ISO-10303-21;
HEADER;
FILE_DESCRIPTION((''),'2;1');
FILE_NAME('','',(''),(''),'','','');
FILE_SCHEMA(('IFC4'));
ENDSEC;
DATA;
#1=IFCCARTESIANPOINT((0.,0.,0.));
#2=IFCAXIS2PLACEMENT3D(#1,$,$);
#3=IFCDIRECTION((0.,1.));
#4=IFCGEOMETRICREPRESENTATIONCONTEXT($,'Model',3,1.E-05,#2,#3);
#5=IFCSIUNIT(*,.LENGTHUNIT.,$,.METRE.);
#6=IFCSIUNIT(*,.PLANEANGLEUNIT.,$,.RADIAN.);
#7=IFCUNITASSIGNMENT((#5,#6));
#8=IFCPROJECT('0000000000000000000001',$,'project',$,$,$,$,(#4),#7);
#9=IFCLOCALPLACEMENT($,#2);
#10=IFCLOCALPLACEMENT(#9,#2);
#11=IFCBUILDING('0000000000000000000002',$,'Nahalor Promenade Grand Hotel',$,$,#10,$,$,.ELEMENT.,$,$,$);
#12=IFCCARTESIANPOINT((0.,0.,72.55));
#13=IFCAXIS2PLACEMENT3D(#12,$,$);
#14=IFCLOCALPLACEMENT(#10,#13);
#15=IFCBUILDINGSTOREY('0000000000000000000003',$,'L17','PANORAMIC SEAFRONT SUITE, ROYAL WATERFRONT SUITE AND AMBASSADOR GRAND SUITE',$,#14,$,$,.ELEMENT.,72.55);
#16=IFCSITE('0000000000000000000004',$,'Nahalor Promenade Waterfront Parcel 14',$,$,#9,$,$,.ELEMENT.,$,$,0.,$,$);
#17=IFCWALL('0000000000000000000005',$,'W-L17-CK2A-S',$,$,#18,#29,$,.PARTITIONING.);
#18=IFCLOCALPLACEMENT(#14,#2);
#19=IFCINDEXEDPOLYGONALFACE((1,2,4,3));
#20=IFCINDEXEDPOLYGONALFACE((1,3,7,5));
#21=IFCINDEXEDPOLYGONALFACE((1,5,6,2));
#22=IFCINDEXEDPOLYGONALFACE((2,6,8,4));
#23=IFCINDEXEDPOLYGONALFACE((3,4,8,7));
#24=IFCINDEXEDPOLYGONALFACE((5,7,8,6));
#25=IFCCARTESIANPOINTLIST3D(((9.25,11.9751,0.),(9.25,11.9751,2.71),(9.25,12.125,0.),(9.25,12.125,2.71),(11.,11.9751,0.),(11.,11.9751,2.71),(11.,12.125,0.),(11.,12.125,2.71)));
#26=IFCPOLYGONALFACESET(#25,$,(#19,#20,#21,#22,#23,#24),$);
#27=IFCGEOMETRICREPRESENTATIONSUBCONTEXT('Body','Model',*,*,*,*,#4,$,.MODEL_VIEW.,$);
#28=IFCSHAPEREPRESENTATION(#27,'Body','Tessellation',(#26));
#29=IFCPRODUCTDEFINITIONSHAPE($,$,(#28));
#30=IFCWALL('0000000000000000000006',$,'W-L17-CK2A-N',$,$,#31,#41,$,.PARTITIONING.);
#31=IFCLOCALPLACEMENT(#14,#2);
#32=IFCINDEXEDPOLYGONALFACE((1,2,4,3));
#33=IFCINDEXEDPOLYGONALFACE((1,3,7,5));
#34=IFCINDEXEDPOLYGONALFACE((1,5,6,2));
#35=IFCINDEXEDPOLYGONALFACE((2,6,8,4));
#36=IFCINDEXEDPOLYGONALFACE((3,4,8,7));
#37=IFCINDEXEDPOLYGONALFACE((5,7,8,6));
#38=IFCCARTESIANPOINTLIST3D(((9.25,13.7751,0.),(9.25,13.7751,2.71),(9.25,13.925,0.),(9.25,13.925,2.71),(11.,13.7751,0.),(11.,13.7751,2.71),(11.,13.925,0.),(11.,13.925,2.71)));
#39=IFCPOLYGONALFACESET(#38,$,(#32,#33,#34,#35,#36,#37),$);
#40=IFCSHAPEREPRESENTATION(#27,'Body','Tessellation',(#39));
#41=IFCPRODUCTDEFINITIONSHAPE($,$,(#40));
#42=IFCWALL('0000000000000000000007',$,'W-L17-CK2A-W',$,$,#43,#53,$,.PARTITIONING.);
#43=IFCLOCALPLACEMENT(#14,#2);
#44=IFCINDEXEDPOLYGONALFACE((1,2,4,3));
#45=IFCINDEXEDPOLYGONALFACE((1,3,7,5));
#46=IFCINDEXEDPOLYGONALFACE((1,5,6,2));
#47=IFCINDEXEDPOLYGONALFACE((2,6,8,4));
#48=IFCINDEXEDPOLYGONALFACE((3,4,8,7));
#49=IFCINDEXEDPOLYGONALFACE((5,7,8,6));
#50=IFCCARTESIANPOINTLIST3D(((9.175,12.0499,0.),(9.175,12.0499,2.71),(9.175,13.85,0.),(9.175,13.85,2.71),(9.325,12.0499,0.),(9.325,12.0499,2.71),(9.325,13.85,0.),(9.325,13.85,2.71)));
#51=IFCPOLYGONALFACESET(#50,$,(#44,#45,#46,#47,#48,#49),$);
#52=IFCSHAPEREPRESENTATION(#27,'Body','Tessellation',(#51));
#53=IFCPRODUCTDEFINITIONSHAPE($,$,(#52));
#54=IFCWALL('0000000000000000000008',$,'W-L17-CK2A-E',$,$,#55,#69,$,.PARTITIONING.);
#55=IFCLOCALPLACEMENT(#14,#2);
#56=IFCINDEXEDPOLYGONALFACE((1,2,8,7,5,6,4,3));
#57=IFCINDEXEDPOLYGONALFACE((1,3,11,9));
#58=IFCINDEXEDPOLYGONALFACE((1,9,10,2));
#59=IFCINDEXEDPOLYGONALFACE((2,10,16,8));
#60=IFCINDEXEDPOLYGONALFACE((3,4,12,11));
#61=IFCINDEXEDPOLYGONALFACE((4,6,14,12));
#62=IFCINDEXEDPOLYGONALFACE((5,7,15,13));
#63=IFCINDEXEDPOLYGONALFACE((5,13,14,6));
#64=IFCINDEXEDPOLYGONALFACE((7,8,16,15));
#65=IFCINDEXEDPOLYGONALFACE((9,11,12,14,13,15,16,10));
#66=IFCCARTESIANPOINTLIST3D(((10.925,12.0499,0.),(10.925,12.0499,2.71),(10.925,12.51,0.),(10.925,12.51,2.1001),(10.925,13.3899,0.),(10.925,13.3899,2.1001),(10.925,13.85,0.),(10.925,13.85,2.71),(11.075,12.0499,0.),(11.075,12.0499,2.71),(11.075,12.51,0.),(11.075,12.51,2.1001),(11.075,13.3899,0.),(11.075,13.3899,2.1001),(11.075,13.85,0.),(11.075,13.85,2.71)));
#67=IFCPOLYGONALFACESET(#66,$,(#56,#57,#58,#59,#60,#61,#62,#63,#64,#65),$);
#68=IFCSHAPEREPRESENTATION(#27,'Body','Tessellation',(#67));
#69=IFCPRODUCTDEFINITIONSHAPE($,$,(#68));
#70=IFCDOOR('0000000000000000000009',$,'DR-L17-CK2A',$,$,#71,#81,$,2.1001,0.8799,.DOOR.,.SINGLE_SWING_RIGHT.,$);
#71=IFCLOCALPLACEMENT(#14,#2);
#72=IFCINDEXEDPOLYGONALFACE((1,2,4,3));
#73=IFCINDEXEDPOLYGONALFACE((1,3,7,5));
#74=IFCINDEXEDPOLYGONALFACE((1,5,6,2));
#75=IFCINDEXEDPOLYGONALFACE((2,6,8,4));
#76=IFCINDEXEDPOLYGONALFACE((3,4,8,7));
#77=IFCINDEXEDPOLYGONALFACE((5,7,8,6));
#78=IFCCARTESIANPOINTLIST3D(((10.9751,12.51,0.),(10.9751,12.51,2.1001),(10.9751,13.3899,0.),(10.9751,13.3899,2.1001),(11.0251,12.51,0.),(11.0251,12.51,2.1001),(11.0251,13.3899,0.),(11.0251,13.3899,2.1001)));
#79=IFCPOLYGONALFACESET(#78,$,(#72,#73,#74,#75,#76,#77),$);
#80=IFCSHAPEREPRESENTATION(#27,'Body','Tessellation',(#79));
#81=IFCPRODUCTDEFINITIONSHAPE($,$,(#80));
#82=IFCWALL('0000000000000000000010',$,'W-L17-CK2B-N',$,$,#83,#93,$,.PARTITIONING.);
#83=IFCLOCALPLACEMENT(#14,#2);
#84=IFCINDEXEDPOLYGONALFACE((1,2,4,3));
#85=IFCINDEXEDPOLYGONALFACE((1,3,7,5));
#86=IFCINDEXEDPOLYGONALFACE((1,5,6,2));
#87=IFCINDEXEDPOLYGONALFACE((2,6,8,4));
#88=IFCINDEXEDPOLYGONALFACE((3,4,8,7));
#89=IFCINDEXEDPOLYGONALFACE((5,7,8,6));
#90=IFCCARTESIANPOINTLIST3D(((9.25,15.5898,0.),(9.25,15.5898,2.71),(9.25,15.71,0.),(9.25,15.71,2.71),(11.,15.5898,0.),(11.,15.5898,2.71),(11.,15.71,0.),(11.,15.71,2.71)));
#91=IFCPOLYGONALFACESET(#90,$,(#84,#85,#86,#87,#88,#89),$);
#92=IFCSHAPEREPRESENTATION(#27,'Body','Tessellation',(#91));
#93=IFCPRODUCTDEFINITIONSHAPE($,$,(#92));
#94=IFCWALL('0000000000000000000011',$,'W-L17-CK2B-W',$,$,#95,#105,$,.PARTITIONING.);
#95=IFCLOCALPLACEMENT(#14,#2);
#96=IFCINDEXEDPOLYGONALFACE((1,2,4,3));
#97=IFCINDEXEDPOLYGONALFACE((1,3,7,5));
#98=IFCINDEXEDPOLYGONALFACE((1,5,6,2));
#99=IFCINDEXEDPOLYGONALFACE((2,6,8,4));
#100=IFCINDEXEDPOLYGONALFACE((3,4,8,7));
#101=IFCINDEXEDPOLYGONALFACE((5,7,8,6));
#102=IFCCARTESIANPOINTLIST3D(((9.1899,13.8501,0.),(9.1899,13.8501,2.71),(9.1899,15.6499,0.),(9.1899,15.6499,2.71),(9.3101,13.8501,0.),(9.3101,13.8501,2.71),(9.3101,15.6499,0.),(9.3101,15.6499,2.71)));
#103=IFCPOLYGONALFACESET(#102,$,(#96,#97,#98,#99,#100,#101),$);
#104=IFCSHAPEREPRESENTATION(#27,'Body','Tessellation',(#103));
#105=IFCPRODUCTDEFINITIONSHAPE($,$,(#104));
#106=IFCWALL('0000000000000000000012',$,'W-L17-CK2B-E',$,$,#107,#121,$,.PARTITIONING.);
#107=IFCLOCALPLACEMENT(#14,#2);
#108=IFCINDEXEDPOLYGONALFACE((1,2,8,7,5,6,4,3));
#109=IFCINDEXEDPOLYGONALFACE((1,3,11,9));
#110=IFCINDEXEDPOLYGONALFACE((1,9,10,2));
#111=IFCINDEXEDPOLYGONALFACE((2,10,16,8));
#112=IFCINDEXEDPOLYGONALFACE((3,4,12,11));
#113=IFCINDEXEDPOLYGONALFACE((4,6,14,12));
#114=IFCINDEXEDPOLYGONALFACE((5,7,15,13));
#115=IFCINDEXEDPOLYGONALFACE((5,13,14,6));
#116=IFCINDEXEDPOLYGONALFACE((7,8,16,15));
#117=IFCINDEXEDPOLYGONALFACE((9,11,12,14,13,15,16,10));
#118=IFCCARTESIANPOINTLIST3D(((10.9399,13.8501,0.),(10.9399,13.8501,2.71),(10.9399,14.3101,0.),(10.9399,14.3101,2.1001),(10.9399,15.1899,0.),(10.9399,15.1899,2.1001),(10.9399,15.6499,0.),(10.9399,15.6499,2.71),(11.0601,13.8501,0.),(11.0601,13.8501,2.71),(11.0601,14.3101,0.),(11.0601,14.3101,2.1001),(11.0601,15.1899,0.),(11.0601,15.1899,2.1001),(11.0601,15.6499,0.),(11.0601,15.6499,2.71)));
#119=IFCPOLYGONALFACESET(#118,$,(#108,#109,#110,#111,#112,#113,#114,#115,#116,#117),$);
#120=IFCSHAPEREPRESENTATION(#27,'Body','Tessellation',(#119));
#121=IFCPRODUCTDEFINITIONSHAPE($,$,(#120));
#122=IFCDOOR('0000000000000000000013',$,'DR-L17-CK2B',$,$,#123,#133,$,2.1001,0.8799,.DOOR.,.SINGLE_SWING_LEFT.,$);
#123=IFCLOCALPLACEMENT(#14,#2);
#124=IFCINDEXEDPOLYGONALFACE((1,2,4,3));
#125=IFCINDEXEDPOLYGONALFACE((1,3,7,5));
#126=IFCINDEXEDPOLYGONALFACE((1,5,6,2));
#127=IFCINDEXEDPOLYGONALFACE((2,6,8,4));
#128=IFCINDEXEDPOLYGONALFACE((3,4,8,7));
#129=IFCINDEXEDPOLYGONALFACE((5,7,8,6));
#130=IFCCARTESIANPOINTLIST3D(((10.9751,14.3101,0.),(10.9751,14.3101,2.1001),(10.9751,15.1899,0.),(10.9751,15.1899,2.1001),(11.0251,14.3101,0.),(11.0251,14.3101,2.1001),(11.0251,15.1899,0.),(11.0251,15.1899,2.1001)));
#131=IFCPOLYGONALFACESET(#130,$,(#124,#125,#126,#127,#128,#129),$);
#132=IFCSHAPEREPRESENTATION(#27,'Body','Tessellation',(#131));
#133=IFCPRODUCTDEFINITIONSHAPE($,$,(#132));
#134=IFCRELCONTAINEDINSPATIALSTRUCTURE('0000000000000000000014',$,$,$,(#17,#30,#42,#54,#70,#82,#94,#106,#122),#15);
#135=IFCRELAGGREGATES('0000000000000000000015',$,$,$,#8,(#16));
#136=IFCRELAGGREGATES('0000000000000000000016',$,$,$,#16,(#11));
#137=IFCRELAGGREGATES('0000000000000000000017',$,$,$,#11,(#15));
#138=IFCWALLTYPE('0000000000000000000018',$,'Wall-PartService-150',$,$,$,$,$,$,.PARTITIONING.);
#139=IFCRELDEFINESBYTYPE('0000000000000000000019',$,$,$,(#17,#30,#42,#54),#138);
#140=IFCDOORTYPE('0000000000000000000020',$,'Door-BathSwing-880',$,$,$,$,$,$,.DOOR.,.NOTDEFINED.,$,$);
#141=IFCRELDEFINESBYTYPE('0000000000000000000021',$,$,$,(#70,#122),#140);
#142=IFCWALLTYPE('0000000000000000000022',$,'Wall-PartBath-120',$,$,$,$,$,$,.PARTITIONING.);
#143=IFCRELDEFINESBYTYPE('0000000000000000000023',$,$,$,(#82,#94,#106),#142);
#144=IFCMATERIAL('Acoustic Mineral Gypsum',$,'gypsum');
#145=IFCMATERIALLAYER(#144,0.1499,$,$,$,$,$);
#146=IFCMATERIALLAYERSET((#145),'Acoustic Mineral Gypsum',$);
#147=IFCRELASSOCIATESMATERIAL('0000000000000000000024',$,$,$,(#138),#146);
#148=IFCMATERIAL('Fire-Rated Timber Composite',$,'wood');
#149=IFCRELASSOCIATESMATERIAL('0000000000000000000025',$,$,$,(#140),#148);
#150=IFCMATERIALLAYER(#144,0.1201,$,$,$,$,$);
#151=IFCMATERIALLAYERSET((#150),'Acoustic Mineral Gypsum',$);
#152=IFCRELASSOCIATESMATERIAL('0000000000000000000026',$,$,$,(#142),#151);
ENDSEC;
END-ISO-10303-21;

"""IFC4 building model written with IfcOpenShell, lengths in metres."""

from ifc_helpers import new_model, si_unit, direction, frame, frame_2d, origin, place, context, subcontext, project, spatial, rectangle, extrude, source, transform, mapped, material, layer, layer_set, type_object, element, fill, save


model = new_model("IFC4")

# Units and contexts
model_context = context("Model", 3, precision=1e-05, world=origin(), true_north=direction((0.0, 1.0)))
body_context = subcontext(model_context, "Body", "Model", "MODEL_VIEW")
ifc_project = project(units=[si_unit("LENGTHUNIT", "METRE"), si_unit("PLANEANGLEUNIT", "RADIAN")], contexts=[model_context])

# Site, building, storey
site_placement = place(None, origin())
site = spatial("IfcSite", under=ifc_project, at=site_placement, Name="Nahalor Promenade Waterfront Parcel 14", CompositionType="ELEMENT", RefElevation=0.0)
building_placement = place(site_placement, origin())
building = spatial("IfcBuilding", under=site, at=building_placement, Name="Nahalor Promenade Grand Hotel", CompositionType="ELEMENT")
storey_placement = place(building_placement, frame((0.0, 0.0, 72.55)))
storey = spatial("IfcBuildingStorey", under=building, at=storey_placement, Name="L17", Description="PANORAMIC SEAFRONT SUITE, ROYAL WATERFRONT SUITE AND AMBASSADOR GRAND SUITE", CompositionType="ELEMENT", Elevation=72.55)

# Walls
ifc_material_1 = material(Name="Acoustic Mineral Gypsum", Category="gypsum")
ifc_layer_1 = layer(ifc_material_1, 0.1499)
ifc_layer_set_1 = layer_set([ifc_layer_1], Name="Acoustic Mineral Gypsum")
wall_type_1 = type_object("IfcWallType", Name="Wall-PartService-150", PredefinedType="PARTITIONING", material=ifc_layer_set_1)
shared_shape_1 = source(origin(), body_context, "Body", "SweptSolid", [
    extrude(rectangle(XDim=1.75, YDim=0.1499, at=frame_2d((0.875, 0.0))), origin(), (0.0, 0.0, 1.0), 2.71),
])
for number, where, z_axis, x_axis, name in (
    (1, (9.25, 12.05, 0.0), (0.0, 0.0, 1.0), (1.0, 0.0, 0.0), "W-L17-CK2A-S"),
    (2, (9.25, 13.8501, 0.0), (0.0, 0.0, 1.0), (1.0, 0.0, 0.0), "W-L17-CK2A-N"),
):
    element("IfcWall", number, at=place(storey_placement, frame(where, z_axis=z_axis, x_axis=x_axis)), inside=storey, type_object=wall_type_1, Name=name, PredefinedType="PARTITIONING", context=body_context, shape_type="MappedRepresentation", body=[
        mapped(shared_shape_1, transform((0.0, 0.0, 0.0), scale=1.0)),
    ])
shared_shape_2 = source(origin(), body_context, "Body", "SweptSolid", [
    extrude(rectangle(XDim=1.8, YDim=0.1499, at=frame_2d((0.8999, 0.0))), origin(), (0.0, 0.0, 1.0), 2.71),
])
wall_1_placement = place(storey_placement, frame((9.25, 12.05, 0.0), z_axis=(0.0, 0.0, 1.0), x_axis=(0.0, 1.0, 0.0)))
element("IfcWall", 3, at=wall_1_placement, inside=storey, type_object=wall_type_1, Name="W-L17-CK2A-W", PredefinedType="PARTITIONING", context=body_context, shape_type="MappedRepresentation", body=[
    mapped(shared_shape_2, transform((0.0, 0.0, 0.0), scale=1.0)),
])

# Wall, opening, door
wall_2_placement = place(storey_placement, frame((11.0, 12.05, 0.0), z_axis=(0.0, 0.0, 1.0), x_axis=(0.0, 1.0, 0.0)))
wall_2 = element("IfcWall", 4, at=wall_2_placement, inside=storey, type_object=wall_type_1, Name="W-L17-CK2A-E", PredefinedType="PARTITIONING", context=body_context, shape_type="MappedRepresentation", body=[
    mapped(shared_shape_2, transform((0.0, 0.0, 0.0), scale=1.0)),
])
opening_1_placement = place(wall_2_placement, frame((0.46, 0.0, 0.0)))
opening_1 = element("IfcOpeningElement", 5, at=opening_1_placement, cuts=wall_2, PredefinedType="OPENING", context=body_context, shape_type="SweptSolid", body=[
    extrude(rectangle(XDim=0.8799, YDim=2.1001, at=frame_2d((0.4399, 1.05))), frame((0.0, 0.085, 0.0), z_axis=(0.0, -1.0, 0.0), x_axis=(1.0, 0.0, 0.0)), (0.0, 0.0, 1.0), 0.1699),
])
ifc_material_2 = material(Name="Fire-Rated Timber Composite", Category="wood")
door_type_1 = type_object("IfcDoorType", Name="Door-BathSwing-880", OperationType="NOTDEFINED", PredefinedType="DOOR", material=ifc_material_2)
shared_shape_3 = source(origin(), body_context, "Body", "SweptSolid", [
    extrude(rectangle(XDim=0.8799, YDim=2.1001, at=frame_2d((0.4399, 1.05))), frame((0.0, 0.0249, 0.0), z_axis=(0.0, -1.0, 0.0), x_axis=(1.0, 0.0, 0.0)), (0.0, 0.0, 1.0), 0.05),
])
door_1_placement = place(opening_1_placement, origin())
door_1 = element("IfcDoor", 6, at=door_1_placement, inside=storey, type_object=door_type_1, Name="DR-L17-CK2A", OperationType="SINGLE_SWING_RIGHT", OverallHeight=2.1001, OverallWidth=0.8799, PredefinedType="DOOR", context=body_context, shape_type="MappedRepresentation", body=[
    mapped(shared_shape_3, transform((0.0, 0.0, 0.0), scale=1.0)),
])
fill(opening_1, door_1)

# Walls
ifc_layer_2 = layer(ifc_material_1, 0.1201)
ifc_layer_set_2 = layer_set([ifc_layer_2], Name="Acoustic Mineral Gypsum")
wall_type_2 = type_object("IfcWallType", Name="Wall-PartBath-120", PredefinedType="PARTITIONING", material=ifc_layer_set_2)
shared_shape_4 = source(origin(), body_context, "Body", "SweptSolid", [
    extrude(rectangle(XDim=1.75, YDim=0.1201, at=frame_2d((0.875, 0.0))), origin(), (0.0, 0.0, 1.0), 2.71),
])
wall_3_placement = place(storey_placement, frame((9.25, 15.6499, 0.0), z_axis=(0.0, 0.0, 1.0), x_axis=(1.0, 0.0, 0.0)))
element("IfcWall", 7, at=wall_3_placement, inside=storey, type_object=wall_type_2, Name="W-L17-CK2B-N", PredefinedType="PARTITIONING", context=body_context, shape_type="MappedRepresentation", body=[
    mapped(shared_shape_4, transform((0.0, 0.0, 0.0), scale=1.0)),
])
shared_shape_5 = source(origin(), body_context, "Body", "SweptSolid", [
    extrude(rectangle(XDim=1.7998, YDim=0.1201, at=frame_2d((0.8999, 0.0))), origin(), (0.0, 0.0, 1.0), 2.71),
])
wall_4_placement = place(storey_placement, frame((9.25, 13.8501, 0.0), z_axis=(0.0, 0.0, 1.0), x_axis=(0.0, 1.0, 0.0)))
element("IfcWall", 8, at=wall_4_placement, inside=storey, type_object=wall_type_2, Name="W-L17-CK2B-W", PredefinedType="PARTITIONING", context=body_context, shape_type="MappedRepresentation", body=[
    mapped(shared_shape_5, transform((0.0, 0.0, 0.0), scale=1.0)),
])

# Wall, opening, door
wall_5_placement = place(storey_placement, frame((11.0, 13.8501, 0.0), z_axis=(0.0, 0.0, 1.0), x_axis=(0.0, 1.0, 0.0)))
wall_5 = element("IfcWall", 9, at=wall_5_placement, inside=storey, type_object=wall_type_2, Name="W-L17-CK2B-E", PredefinedType="PARTITIONING", context=body_context, shape_type="MappedRepresentation", body=[
    mapped(shared_shape_5, transform((0.0, 0.0, 0.0), scale=1.0)),
])
opening_2_placement = place(wall_5_placement, frame((0.46, 0.0, 0.0)))
opening_2 = element("IfcOpeningElement", 10, at=opening_2_placement, cuts=wall_5, PredefinedType="OPENING", context=body_context, shape_type="SweptSolid", body=[
    extrude(rectangle(XDim=0.8799, YDim=2.1001, at=frame_2d((0.4399, 1.05))), frame((0.0, 0.0701, 0.0), z_axis=(0.0, -1.0, 0.0), x_axis=(1.0, 0.0, 0.0)), (0.0, 0.0, 1.0), 0.1401),
])
door_2_placement = place(opening_2_placement, origin())
door_2 = element("IfcDoor", 11, at=door_2_placement, inside=storey, type_object=door_type_1, Name="DR-L17-CK2B", OperationType="SINGLE_SWING_LEFT", OverallHeight=2.1001, OverallWidth=0.8799, PredefinedType="DOOR", context=body_context, shape_type="MappedRepresentation", body=[
    mapped(shared_shape_3, transform((0.0, 0.0, 0.0), scale=1.0)),
])
fill(opening_2, door_2)

save(model, "model.ifc")
